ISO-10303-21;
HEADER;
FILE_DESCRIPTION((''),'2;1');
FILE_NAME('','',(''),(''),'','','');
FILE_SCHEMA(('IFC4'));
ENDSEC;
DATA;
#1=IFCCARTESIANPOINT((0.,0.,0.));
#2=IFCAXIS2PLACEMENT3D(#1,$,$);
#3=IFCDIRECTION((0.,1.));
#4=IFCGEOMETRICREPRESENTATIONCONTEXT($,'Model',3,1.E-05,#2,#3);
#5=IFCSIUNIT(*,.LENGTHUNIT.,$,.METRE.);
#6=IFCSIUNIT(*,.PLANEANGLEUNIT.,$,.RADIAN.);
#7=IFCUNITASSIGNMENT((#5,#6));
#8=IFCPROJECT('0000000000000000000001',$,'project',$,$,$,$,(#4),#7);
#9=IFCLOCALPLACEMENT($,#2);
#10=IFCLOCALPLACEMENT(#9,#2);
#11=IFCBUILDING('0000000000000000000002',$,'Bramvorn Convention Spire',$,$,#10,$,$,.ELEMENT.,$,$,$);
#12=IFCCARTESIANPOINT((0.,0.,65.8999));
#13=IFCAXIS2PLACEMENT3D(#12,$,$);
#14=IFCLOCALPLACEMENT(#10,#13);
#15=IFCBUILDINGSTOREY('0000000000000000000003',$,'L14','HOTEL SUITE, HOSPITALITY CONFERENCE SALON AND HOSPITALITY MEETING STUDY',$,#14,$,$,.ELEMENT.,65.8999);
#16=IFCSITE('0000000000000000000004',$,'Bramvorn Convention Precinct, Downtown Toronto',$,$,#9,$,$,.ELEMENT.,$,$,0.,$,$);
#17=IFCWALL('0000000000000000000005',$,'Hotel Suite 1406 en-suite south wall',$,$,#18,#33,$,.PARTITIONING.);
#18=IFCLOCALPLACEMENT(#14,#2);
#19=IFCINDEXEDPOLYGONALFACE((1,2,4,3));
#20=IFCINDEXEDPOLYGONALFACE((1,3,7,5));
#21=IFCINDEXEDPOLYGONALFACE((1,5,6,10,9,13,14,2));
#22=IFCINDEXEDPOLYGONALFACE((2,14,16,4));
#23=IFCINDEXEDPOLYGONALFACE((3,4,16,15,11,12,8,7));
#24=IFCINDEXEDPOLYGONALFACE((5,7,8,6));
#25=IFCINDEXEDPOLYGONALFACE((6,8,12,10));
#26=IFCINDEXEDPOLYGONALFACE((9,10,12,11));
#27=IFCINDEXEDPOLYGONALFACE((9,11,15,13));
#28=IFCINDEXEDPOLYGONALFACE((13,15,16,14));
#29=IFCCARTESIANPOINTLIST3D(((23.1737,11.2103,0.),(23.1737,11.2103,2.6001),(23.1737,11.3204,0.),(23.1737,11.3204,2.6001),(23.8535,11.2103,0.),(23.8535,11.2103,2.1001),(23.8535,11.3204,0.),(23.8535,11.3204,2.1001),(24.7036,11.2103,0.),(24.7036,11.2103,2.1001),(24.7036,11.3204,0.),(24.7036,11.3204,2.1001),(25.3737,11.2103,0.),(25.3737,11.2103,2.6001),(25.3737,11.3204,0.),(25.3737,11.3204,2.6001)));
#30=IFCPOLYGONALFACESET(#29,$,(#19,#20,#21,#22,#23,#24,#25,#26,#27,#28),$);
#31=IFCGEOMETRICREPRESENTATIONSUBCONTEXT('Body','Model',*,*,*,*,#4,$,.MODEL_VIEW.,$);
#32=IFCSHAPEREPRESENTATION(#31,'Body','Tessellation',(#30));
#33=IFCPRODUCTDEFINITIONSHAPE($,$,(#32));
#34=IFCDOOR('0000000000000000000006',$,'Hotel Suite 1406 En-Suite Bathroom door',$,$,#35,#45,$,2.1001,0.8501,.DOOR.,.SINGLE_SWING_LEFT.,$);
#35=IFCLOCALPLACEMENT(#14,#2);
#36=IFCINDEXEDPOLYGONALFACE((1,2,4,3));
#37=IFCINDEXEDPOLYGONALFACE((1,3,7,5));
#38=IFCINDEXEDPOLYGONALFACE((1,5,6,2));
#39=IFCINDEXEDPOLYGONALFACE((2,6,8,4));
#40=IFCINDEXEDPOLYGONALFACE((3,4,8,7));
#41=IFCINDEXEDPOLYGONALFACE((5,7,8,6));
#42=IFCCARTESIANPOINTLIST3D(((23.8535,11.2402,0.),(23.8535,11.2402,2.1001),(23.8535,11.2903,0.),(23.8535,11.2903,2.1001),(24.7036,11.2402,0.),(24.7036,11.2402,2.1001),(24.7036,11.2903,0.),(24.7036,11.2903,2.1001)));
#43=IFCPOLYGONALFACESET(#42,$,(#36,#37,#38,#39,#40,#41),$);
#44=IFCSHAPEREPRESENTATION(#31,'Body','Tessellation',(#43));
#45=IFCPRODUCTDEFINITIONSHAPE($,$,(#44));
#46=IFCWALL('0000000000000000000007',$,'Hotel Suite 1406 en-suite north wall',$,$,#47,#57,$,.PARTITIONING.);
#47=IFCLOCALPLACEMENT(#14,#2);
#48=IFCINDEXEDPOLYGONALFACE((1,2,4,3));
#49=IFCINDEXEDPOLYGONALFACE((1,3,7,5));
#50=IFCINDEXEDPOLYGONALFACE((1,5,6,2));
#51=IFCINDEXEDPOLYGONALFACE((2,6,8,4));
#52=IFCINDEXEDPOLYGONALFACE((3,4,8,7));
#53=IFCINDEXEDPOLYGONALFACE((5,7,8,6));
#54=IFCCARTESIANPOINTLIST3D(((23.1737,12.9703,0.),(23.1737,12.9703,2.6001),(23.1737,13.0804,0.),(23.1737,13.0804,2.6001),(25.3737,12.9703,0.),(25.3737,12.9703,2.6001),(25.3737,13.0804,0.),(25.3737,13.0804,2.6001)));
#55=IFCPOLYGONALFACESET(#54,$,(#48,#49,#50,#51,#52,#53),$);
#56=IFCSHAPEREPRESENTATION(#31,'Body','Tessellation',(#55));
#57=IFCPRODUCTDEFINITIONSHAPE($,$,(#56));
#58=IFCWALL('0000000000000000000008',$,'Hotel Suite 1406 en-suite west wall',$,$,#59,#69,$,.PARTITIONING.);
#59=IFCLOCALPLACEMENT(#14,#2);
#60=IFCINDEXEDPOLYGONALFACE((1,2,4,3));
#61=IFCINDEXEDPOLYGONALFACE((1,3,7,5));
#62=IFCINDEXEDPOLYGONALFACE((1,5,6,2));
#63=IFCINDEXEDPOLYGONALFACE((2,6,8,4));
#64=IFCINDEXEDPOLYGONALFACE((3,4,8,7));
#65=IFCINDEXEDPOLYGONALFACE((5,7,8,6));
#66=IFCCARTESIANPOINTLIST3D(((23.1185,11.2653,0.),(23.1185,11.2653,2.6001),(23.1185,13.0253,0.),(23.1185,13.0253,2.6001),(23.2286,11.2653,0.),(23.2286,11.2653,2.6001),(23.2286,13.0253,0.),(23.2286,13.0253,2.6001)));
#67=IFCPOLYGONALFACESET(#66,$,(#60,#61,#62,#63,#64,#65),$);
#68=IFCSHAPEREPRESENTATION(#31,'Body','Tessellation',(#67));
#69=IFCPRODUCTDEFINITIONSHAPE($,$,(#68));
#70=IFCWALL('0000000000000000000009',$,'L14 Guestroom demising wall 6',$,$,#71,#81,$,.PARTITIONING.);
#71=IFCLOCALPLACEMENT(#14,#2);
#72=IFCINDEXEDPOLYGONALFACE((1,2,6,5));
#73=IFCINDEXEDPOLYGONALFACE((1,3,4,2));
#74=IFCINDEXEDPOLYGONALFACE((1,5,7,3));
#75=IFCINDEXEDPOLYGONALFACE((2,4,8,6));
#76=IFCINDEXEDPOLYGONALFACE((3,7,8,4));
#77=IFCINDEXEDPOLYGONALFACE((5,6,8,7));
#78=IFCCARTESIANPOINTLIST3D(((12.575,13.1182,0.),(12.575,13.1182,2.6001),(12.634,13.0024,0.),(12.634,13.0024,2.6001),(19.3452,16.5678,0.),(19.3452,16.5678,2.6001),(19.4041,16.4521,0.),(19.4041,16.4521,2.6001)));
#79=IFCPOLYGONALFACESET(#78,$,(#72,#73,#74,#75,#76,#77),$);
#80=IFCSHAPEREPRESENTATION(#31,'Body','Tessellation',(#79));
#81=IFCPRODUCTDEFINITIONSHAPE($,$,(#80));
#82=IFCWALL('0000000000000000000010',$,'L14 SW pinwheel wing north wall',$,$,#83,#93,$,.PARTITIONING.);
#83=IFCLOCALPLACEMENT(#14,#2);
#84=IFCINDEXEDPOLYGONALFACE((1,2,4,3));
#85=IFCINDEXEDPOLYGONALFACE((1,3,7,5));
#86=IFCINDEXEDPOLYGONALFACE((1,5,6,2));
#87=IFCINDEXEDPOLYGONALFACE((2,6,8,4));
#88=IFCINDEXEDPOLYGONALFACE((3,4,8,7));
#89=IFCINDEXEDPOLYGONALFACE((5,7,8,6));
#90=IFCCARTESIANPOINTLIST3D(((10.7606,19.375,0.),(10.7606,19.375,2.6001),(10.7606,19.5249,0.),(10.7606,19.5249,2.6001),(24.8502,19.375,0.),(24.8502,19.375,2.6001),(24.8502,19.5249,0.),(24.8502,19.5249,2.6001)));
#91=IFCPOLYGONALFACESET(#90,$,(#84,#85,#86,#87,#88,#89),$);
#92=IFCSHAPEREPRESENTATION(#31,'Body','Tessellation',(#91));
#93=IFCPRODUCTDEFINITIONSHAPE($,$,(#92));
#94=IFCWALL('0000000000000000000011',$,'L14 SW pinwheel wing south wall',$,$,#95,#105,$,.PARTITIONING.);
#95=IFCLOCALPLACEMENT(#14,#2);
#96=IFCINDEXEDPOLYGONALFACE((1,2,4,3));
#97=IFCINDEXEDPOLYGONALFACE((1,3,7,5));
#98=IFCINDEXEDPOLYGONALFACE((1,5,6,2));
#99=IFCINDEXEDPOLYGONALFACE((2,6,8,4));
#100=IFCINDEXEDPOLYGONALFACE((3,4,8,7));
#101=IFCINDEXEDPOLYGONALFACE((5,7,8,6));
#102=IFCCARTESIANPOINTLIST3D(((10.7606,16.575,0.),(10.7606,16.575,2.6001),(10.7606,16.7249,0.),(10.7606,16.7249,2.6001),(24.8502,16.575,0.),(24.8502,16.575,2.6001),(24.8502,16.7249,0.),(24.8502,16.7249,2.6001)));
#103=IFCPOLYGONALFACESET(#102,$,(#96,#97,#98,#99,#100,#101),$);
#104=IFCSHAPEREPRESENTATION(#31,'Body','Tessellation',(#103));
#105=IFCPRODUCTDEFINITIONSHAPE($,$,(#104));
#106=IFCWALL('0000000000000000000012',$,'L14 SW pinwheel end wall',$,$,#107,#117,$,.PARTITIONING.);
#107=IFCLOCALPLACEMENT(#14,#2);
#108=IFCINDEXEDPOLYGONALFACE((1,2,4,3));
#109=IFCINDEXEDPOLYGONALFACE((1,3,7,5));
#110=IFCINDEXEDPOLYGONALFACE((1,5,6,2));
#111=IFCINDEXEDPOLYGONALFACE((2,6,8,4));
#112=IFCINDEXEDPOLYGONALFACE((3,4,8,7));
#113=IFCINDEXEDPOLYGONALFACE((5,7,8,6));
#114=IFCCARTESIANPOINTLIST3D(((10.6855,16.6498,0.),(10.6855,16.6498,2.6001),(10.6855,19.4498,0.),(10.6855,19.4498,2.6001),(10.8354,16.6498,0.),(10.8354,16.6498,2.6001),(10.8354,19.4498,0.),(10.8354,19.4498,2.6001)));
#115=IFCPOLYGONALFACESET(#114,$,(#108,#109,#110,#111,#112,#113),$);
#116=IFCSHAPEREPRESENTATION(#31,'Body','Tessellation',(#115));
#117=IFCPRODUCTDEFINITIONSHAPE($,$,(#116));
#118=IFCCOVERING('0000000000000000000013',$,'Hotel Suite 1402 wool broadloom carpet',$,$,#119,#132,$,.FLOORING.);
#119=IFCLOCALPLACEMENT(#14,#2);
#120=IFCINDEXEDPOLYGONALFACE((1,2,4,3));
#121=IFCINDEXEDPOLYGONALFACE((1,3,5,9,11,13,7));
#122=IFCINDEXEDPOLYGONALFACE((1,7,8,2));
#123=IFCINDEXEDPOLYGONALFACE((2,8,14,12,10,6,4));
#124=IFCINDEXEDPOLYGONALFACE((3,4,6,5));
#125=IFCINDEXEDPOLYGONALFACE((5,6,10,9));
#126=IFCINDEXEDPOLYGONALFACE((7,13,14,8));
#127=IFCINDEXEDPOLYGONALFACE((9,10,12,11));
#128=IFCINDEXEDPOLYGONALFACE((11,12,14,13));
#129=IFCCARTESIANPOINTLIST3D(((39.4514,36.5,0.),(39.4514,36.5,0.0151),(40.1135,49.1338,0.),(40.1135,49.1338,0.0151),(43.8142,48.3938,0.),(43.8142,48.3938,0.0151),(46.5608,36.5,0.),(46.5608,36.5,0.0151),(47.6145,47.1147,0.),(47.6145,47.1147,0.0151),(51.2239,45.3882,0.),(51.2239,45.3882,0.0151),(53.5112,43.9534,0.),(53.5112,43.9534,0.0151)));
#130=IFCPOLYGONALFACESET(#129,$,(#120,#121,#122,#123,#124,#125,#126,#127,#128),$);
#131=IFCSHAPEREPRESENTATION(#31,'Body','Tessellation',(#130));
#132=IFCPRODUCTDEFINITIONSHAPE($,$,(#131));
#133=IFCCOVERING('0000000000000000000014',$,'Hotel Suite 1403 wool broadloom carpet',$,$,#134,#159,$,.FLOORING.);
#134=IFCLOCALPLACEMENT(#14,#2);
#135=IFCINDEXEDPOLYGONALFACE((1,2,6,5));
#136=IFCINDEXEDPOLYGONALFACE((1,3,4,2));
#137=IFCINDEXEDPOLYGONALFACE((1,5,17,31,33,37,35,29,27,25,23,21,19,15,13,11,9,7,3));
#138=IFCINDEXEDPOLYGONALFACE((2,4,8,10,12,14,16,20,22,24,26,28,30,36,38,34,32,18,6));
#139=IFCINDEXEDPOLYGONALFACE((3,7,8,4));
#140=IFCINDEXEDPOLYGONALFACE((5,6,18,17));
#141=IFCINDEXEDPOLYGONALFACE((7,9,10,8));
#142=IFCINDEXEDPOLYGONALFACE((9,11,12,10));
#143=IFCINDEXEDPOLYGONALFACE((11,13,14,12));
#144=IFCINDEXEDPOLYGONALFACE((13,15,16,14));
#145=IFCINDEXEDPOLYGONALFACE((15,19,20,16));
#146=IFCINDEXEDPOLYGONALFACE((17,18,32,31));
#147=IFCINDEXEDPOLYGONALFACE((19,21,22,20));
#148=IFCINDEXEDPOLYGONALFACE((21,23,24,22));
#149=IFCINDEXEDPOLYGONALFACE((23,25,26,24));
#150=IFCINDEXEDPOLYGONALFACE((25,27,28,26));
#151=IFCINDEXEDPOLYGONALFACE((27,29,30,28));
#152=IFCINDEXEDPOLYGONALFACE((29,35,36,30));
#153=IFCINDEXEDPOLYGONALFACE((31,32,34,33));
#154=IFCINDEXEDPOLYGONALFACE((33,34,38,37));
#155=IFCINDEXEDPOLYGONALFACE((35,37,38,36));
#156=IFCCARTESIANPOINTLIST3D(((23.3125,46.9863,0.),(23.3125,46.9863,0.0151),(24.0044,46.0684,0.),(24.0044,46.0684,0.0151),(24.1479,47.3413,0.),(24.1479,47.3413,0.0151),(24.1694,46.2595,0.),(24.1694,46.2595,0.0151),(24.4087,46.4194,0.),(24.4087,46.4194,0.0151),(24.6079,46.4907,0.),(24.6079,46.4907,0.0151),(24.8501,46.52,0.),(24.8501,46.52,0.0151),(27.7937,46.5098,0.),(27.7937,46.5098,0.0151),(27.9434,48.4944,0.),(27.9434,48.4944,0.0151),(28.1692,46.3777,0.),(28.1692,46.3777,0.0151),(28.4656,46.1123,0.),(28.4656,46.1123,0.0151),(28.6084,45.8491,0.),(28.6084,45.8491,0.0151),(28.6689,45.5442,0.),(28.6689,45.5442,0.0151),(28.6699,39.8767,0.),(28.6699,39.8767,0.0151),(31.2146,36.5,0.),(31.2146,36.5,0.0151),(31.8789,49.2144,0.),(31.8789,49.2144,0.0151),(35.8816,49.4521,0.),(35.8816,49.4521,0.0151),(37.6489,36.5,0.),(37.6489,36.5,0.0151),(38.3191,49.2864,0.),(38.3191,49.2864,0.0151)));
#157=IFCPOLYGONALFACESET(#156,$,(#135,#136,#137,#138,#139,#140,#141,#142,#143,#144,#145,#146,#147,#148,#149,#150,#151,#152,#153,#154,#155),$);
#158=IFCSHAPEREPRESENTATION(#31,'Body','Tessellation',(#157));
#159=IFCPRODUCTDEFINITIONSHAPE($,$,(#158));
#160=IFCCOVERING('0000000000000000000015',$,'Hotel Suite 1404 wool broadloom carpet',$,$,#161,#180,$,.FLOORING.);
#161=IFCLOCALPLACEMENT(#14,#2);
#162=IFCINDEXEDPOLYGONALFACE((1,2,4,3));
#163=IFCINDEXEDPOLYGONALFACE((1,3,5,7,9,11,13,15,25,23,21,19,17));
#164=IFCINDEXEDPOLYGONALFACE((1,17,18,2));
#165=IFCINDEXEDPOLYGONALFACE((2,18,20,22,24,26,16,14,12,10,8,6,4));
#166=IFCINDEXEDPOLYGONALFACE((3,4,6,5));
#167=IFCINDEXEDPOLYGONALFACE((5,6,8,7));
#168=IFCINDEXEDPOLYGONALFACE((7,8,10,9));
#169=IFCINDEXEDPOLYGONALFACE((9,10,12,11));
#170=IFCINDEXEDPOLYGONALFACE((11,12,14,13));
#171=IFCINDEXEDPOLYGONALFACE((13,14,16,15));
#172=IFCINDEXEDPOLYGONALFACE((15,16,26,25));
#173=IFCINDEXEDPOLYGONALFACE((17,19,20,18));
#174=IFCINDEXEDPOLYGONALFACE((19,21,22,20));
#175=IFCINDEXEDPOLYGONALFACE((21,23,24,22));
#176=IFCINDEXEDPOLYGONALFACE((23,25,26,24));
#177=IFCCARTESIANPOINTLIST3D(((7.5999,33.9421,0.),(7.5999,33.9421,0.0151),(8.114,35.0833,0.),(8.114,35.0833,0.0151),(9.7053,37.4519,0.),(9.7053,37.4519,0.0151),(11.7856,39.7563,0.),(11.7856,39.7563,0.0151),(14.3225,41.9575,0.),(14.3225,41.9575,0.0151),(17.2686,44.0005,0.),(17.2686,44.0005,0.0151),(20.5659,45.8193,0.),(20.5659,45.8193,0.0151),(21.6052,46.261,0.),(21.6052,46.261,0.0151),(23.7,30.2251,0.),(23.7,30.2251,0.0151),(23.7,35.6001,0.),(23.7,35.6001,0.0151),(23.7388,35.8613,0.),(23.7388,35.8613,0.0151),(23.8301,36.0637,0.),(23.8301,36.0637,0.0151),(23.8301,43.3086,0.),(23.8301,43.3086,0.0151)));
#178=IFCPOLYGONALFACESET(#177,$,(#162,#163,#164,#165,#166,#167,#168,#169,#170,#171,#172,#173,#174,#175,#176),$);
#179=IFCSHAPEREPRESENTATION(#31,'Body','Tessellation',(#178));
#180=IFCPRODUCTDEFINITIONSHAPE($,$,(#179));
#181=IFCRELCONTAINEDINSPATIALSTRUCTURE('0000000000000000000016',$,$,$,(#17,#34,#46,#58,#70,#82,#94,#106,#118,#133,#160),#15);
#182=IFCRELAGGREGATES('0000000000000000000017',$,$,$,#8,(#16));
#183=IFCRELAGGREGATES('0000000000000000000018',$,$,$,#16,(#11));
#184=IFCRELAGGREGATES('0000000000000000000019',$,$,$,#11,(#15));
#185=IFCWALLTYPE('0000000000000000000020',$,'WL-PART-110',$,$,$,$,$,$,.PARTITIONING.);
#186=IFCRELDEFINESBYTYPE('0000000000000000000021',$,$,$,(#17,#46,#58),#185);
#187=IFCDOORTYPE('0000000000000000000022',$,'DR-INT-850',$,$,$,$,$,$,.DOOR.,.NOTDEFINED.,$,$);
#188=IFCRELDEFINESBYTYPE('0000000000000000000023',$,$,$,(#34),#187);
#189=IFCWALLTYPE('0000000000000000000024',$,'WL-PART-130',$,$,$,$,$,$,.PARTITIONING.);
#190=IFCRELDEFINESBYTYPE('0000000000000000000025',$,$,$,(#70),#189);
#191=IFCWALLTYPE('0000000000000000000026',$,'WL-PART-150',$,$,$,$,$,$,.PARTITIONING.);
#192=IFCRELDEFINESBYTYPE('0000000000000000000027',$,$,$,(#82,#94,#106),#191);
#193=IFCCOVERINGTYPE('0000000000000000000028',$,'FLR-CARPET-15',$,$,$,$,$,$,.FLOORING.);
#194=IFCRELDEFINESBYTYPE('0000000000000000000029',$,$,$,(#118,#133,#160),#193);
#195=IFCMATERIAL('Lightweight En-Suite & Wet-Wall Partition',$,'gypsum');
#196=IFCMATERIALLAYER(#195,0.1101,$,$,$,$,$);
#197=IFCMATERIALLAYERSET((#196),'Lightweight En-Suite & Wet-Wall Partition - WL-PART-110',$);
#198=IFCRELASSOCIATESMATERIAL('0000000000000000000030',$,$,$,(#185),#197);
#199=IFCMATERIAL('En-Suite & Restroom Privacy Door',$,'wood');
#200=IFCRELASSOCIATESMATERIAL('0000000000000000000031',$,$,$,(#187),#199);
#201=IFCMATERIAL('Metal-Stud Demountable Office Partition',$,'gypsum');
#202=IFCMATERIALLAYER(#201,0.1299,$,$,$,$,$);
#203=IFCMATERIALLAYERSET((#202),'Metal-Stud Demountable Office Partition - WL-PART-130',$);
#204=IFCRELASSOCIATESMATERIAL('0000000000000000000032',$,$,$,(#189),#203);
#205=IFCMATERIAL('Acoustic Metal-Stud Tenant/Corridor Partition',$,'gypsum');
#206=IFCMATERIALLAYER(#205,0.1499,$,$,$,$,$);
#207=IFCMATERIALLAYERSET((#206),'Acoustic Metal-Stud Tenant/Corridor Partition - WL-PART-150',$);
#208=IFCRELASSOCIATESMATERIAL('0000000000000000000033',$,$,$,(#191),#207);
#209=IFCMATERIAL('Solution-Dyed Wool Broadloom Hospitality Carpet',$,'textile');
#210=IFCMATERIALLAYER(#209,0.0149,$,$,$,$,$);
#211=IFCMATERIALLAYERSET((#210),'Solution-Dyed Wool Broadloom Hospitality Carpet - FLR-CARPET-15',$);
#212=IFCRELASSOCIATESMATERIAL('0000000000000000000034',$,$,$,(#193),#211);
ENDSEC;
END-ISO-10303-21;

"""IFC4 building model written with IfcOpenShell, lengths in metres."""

from ifc_helpers import new_model, si_unit, direction, frame, frame_2d, origin, place, context, subcontext, project, spatial, polyline, rectangle, outline, extrude, material, layer, layer_set, type_object, element, fill, save


model = new_model("IFC4")

# Units and contexts
model_context = context("Model", 3, precision=1e-05, world=origin(), true_north=direction((0.0, 1.0)))
body_context = subcontext(model_context, "Body", "Model", "MODEL_VIEW")
ifc_project = project(units=[si_unit("LENGTHUNIT", "METRE"), si_unit("PLANEANGLEUNIT", "RADIAN")], contexts=[model_context])

# Site, building, storey
site_placement = place(None, origin())
site = spatial("IfcSite", under=ifc_project, at=site_placement, Name="Bramvorn Convention Precinct, Downtown Toronto", CompositionType="ELEMENT", RefElevation=0.0)
building_placement = place(site_placement, origin())
building = spatial("IfcBuilding", under=site, at=building_placement, Name="Bramvorn Convention Spire", CompositionType="ELEMENT")
storey_placement = place(building_placement, frame((0.0, 0.0, 65.8999)))
storey = spatial("IfcBuildingStorey", under=building, at=storey_placement, Name="L14", Description="HOTEL SUITE, HOSPITALITY CONFERENCE SALON AND HOSPITALITY MEETING STUDY", CompositionType="ELEMENT", Elevation=65.8999)

# Wall, opening, door
ifc_material_1 = material(Name="Lightweight En-Suite & Wet-Wall Partition", Category="gypsum")
ifc_layer_1 = layer(ifc_material_1, 0.1101)
ifc_layer_set_1 = layer_set([ifc_layer_1], Name="Lightweight En-Suite & Wet-Wall Partition - WL-PART-110")
wall_type_1 = type_object("IfcWallType", Name="WL-PART-110", PredefinedType="PARTITIONING", material=ifc_layer_set_1)
wall_1_placement = place(storey_placement, frame((23.1736, 11.2654, 0.0), z_axis=(0.0, 0.0, 1.0), x_axis=(1.0, 0.0, 0.0)))
wall_1 = element("IfcWall", 1, at=wall_1_placement, inside=storey, type_object=wall_type_1, Name="Hotel Suite 1406 en-suite south wall", PredefinedType="PARTITIONING", context=body_context, shape_type="SweptSolid", body=[
    extrude(rectangle(XDim=2.2, YDim=0.1101, at=frame_2d((1.1001, 0.0))), origin(), (0.0, 0.0, 1.0), 2.6001),
])
opening_placement = place(wall_1_placement, frame((0.6799, 0.0, 0.0)))
opening = element("IfcOpeningElement", 2, at=opening_placement, cuts=wall_1, PredefinedType="OPENING", context=body_context, shape_type="SweptSolid", body=[
    extrude(rectangle(XDim=0.8501, YDim=2.1001, at=frame_2d((0.425, 1.05))), frame((0.0, 0.0649, 0.0), z_axis=(0.0, -1.0, 0.0), x_axis=(1.0, 0.0, 0.0)), (0.0, 0.0, 1.0), 0.1301),
])
ifc_material_2 = material(Name="En-Suite & Restroom Privacy Door", Category="wood")
door_type = type_object("IfcDoorType", Name="DR-INT-850", OperationType="NOTDEFINED", PredefinedType="DOOR", material=ifc_material_2)
door_placement = place(opening_placement, origin())
door = element("IfcDoor", 3, at=door_placement, inside=storey, type_object=door_type, Name="Hotel Suite 1406 En-Suite Bathroom door", OperationType="SINGLE_SWING_LEFT", OverallHeight=2.1001, OverallWidth=0.8501, PredefinedType="DOOR", context=body_context, shape_type="SweptSolid", body=[
    extrude(rectangle(XDim=0.8501, YDim=2.1001, at=frame_2d((0.425, 1.05))), frame((0.0, 0.0249, 0.0), z_axis=(0.0, -1.0, 0.0), x_axis=(1.0, 0.0, 0.0)), (0.0, 0.0, 1.0), 0.05),
])
fill(opening, door)

# Walls
wall_2_placement = place(storey_placement, frame((23.1736, 13.0254, 0.0), z_axis=(0.0, 0.0, 1.0), x_axis=(1.0, 0.0, 0.0)))
element("IfcWall", 4, at=wall_2_placement, inside=storey, type_object=wall_type_1, Name="Hotel Suite 1406 en-suite north wall", PredefinedType="PARTITIONING", context=body_context, shape_type="SweptSolid", body=[
    extrude(rectangle(XDim=2.2, YDim=0.1101, at=frame_2d((1.1001, 0.0))), origin(), (0.0, 0.0, 1.0), 2.6001),
])
wall_3_placement = place(storey_placement, frame((23.1736, 11.2654, 0.0), z_axis=(0.0, 0.0, 1.0), x_axis=(0.0, 1.0, 0.0)))
element("IfcWall", 5, at=wall_3_placement, inside=storey, type_object=wall_type_1, Name="Hotel Suite 1406 en-suite west wall", PredefinedType="PARTITIONING", context=body_context, shape_type="SweptSolid", body=[
    extrude(rectangle(XDim=1.76, YDim=0.1101, at=frame_2d((0.8799, 0.0))), origin(), (0.0, 0.0, 1.0), 2.6001),
])
ifc_material_3 = material(Name="Metal-Stud Demountable Office Partition", Category="gypsum")
ifc_layer_2 = layer(ifc_material_3, 0.1299)
ifc_layer_set_2 = layer_set([ifc_layer_2], Name="Metal-Stud Demountable Office Partition - WL-PART-130")
wall_type_2 = type_object("IfcWallType", Name="WL-PART-130", PredefinedType="PARTITIONING", material=ifc_layer_set_2)
wall_4_placement = place(storey_placement, frame((19.3748, 16.51, 0.0), z_axis=(0.0, 0.0, 1.0), x_axis=(-0.891002, -0.453999, 0.0)))
element("IfcWall", 6, at=wall_4_placement, inside=storey, type_object=wall_type_2, Name="L14 Guestroom demising wall 6", PredefinedType="PARTITIONING", context=body_context, shape_type="SweptSolid", body=[
    extrude(rectangle(XDim=7.5984, YDim=0.1299, at=frame_2d((3.7993, 0.0))), origin(), (0.0, 0.0, 1.0), 2.6001),
])
ifc_material_4 = material(Name="Acoustic Metal-Stud Tenant/Corridor Partition", Category="gypsum")
ifc_layer_3 = layer(ifc_material_4, 0.1499)
ifc_layer_set_3 = layer_set([ifc_layer_3], Name="Acoustic Metal-Stud Tenant/Corridor Partition - WL-PART-150")
wall_type_3 = type_object("IfcWallType", Name="WL-PART-150", PredefinedType="PARTITIONING", material=ifc_layer_set_3)
for number, where, z_axis, x_axis, name in (
    (7, (10.7605, 19.45, 0.0), (0.0, 0.0, 1.0), (1.0, 0.0, 0.0), "L14 SW pinwheel wing north wall"),
    (8, (10.7605, 16.6499, 0.0), (0.0, 0.0, 1.0), (1.0, 0.0, 0.0), "L14 SW pinwheel wing south wall"),
):
    element("IfcWall", number, at=place(storey_placement, frame(where, z_axis=z_axis, x_axis=x_axis)), inside=storey, type_object=wall_type_3, Name=name, PredefinedType="PARTITIONING", context=body_context, shape_type="SweptSolid", body=[
        extrude(rectangle(XDim=14.0896, YDim=0.1499, at=frame_2d((7.0449, 0.0))), origin(), (0.0, 0.0, 1.0), 2.6001),
    ])
wall_5_placement = place(storey_placement, frame((10.7605, 16.6499, 0.0), z_axis=(0.0, 0.0, 1.0), x_axis=(0.0, 1.0, 0.0)))
element("IfcWall", 9, at=wall_5_placement, inside=storey, type_object=wall_type_3, Name="L14 SW pinwheel end wall", PredefinedType="PARTITIONING", context=body_context, shape_type="SweptSolid", body=[
    extrude(rectangle(XDim=2.8, YDim=0.1499, at=frame_2d((1.3999, 0.0))), origin(), (0.0, 0.0, 1.0), 2.6001),
])

# Coverings
ifc_material_5 = material(Name="Solution-Dyed Wool Broadloom Hospitality Carpet", Category="textile")
ifc_layer_4 = layer(ifc_material_5, 0.0149)
ifc_layer_set_4 = layer_set([ifc_layer_4], Name="Solution-Dyed Wool Broadloom Hospitality Carpet - FLR-CARPET-15")
covering_type = type_object("IfcCoveringType", Name="FLR-CARPET-15", PredefinedType="FLOORING", material=ifc_layer_set_4)
covering_1_placement = place(storey_placement, origin())
element("IfcCovering", 10, at=covering_1_placement, inside=storey, type_object=covering_type, Name="Hotel Suite 1402 wool broadloom carpet", PredefinedType="FLOORING", context=body_context, shape_type="SweptSolid", body=[
    extrude(outline(polyline([(39.4514, 36.5), (46.5608, 36.5), (53.5112, 43.9534), (51.2239, 45.3882), (47.6145, 47.1147), (43.8142, 48.3938), (40.1135, 49.1338), (39.4514, 36.5)])), origin(), (0.0, 0.0, 1.0), 0.0151),
])
covering_2_placement = place(storey_placement, origin())
element("IfcCovering", 11, at=covering_2_placement, inside=storey, type_object=covering_type, Name="Hotel Suite 1403 wool broadloom carpet", PredefinedType="FLOORING", context=body_context, shape_type="SweptSolid", body=[
    extrude(outline(polyline([(24.1694, 46.2595), (24.4087, 46.4194), (24.6079, 46.4907), (24.8501, 46.52), (27.7937, 46.5098), (28.1692, 46.3777), (28.4656, 46.1123), (28.6084, 45.8491), (28.6689, 45.5442), (28.6699, 39.8767), (31.2146, 36.5), (37.6489, 36.5), (38.3191, 49.2864), (35.8816, 49.4521), (31.8789, 49.2144), (27.9434, 48.4944), (24.1479, 47.3413), (23.3125, 46.9863), (24.0044, 46.0684), (24.1694, 46.2595)])), origin(), (0.0, 0.0, 1.0), 0.0151),
])
covering_3_placement = place(storey_placement, origin())
element("IfcCovering", 12, at=covering_3_placement, inside=storey, type_object=covering_type, Name="Hotel Suite 1404 wool broadloom carpet", PredefinedType="FLOORING", context=body_context, shape_type="SweptSolid", body=[
    extrude(outline(polyline([(8.114, 35.0833), (7.5999, 33.9421), (23.7, 30.2251), (23.7, 35.6001), (23.7388, 35.8613), (23.8301, 36.0637), (23.8301, 43.3086), (21.6052, 46.261), (20.5659, 45.8193), (17.2686, 44.0005), (14.3225, 41.9575), (11.7856, 39.7563), (9.7053, 37.4519), (8.114, 35.0833)])), origin(), (0.0, 0.0, 1.0), 0.0151),
])

save(model, "model.ifc")
